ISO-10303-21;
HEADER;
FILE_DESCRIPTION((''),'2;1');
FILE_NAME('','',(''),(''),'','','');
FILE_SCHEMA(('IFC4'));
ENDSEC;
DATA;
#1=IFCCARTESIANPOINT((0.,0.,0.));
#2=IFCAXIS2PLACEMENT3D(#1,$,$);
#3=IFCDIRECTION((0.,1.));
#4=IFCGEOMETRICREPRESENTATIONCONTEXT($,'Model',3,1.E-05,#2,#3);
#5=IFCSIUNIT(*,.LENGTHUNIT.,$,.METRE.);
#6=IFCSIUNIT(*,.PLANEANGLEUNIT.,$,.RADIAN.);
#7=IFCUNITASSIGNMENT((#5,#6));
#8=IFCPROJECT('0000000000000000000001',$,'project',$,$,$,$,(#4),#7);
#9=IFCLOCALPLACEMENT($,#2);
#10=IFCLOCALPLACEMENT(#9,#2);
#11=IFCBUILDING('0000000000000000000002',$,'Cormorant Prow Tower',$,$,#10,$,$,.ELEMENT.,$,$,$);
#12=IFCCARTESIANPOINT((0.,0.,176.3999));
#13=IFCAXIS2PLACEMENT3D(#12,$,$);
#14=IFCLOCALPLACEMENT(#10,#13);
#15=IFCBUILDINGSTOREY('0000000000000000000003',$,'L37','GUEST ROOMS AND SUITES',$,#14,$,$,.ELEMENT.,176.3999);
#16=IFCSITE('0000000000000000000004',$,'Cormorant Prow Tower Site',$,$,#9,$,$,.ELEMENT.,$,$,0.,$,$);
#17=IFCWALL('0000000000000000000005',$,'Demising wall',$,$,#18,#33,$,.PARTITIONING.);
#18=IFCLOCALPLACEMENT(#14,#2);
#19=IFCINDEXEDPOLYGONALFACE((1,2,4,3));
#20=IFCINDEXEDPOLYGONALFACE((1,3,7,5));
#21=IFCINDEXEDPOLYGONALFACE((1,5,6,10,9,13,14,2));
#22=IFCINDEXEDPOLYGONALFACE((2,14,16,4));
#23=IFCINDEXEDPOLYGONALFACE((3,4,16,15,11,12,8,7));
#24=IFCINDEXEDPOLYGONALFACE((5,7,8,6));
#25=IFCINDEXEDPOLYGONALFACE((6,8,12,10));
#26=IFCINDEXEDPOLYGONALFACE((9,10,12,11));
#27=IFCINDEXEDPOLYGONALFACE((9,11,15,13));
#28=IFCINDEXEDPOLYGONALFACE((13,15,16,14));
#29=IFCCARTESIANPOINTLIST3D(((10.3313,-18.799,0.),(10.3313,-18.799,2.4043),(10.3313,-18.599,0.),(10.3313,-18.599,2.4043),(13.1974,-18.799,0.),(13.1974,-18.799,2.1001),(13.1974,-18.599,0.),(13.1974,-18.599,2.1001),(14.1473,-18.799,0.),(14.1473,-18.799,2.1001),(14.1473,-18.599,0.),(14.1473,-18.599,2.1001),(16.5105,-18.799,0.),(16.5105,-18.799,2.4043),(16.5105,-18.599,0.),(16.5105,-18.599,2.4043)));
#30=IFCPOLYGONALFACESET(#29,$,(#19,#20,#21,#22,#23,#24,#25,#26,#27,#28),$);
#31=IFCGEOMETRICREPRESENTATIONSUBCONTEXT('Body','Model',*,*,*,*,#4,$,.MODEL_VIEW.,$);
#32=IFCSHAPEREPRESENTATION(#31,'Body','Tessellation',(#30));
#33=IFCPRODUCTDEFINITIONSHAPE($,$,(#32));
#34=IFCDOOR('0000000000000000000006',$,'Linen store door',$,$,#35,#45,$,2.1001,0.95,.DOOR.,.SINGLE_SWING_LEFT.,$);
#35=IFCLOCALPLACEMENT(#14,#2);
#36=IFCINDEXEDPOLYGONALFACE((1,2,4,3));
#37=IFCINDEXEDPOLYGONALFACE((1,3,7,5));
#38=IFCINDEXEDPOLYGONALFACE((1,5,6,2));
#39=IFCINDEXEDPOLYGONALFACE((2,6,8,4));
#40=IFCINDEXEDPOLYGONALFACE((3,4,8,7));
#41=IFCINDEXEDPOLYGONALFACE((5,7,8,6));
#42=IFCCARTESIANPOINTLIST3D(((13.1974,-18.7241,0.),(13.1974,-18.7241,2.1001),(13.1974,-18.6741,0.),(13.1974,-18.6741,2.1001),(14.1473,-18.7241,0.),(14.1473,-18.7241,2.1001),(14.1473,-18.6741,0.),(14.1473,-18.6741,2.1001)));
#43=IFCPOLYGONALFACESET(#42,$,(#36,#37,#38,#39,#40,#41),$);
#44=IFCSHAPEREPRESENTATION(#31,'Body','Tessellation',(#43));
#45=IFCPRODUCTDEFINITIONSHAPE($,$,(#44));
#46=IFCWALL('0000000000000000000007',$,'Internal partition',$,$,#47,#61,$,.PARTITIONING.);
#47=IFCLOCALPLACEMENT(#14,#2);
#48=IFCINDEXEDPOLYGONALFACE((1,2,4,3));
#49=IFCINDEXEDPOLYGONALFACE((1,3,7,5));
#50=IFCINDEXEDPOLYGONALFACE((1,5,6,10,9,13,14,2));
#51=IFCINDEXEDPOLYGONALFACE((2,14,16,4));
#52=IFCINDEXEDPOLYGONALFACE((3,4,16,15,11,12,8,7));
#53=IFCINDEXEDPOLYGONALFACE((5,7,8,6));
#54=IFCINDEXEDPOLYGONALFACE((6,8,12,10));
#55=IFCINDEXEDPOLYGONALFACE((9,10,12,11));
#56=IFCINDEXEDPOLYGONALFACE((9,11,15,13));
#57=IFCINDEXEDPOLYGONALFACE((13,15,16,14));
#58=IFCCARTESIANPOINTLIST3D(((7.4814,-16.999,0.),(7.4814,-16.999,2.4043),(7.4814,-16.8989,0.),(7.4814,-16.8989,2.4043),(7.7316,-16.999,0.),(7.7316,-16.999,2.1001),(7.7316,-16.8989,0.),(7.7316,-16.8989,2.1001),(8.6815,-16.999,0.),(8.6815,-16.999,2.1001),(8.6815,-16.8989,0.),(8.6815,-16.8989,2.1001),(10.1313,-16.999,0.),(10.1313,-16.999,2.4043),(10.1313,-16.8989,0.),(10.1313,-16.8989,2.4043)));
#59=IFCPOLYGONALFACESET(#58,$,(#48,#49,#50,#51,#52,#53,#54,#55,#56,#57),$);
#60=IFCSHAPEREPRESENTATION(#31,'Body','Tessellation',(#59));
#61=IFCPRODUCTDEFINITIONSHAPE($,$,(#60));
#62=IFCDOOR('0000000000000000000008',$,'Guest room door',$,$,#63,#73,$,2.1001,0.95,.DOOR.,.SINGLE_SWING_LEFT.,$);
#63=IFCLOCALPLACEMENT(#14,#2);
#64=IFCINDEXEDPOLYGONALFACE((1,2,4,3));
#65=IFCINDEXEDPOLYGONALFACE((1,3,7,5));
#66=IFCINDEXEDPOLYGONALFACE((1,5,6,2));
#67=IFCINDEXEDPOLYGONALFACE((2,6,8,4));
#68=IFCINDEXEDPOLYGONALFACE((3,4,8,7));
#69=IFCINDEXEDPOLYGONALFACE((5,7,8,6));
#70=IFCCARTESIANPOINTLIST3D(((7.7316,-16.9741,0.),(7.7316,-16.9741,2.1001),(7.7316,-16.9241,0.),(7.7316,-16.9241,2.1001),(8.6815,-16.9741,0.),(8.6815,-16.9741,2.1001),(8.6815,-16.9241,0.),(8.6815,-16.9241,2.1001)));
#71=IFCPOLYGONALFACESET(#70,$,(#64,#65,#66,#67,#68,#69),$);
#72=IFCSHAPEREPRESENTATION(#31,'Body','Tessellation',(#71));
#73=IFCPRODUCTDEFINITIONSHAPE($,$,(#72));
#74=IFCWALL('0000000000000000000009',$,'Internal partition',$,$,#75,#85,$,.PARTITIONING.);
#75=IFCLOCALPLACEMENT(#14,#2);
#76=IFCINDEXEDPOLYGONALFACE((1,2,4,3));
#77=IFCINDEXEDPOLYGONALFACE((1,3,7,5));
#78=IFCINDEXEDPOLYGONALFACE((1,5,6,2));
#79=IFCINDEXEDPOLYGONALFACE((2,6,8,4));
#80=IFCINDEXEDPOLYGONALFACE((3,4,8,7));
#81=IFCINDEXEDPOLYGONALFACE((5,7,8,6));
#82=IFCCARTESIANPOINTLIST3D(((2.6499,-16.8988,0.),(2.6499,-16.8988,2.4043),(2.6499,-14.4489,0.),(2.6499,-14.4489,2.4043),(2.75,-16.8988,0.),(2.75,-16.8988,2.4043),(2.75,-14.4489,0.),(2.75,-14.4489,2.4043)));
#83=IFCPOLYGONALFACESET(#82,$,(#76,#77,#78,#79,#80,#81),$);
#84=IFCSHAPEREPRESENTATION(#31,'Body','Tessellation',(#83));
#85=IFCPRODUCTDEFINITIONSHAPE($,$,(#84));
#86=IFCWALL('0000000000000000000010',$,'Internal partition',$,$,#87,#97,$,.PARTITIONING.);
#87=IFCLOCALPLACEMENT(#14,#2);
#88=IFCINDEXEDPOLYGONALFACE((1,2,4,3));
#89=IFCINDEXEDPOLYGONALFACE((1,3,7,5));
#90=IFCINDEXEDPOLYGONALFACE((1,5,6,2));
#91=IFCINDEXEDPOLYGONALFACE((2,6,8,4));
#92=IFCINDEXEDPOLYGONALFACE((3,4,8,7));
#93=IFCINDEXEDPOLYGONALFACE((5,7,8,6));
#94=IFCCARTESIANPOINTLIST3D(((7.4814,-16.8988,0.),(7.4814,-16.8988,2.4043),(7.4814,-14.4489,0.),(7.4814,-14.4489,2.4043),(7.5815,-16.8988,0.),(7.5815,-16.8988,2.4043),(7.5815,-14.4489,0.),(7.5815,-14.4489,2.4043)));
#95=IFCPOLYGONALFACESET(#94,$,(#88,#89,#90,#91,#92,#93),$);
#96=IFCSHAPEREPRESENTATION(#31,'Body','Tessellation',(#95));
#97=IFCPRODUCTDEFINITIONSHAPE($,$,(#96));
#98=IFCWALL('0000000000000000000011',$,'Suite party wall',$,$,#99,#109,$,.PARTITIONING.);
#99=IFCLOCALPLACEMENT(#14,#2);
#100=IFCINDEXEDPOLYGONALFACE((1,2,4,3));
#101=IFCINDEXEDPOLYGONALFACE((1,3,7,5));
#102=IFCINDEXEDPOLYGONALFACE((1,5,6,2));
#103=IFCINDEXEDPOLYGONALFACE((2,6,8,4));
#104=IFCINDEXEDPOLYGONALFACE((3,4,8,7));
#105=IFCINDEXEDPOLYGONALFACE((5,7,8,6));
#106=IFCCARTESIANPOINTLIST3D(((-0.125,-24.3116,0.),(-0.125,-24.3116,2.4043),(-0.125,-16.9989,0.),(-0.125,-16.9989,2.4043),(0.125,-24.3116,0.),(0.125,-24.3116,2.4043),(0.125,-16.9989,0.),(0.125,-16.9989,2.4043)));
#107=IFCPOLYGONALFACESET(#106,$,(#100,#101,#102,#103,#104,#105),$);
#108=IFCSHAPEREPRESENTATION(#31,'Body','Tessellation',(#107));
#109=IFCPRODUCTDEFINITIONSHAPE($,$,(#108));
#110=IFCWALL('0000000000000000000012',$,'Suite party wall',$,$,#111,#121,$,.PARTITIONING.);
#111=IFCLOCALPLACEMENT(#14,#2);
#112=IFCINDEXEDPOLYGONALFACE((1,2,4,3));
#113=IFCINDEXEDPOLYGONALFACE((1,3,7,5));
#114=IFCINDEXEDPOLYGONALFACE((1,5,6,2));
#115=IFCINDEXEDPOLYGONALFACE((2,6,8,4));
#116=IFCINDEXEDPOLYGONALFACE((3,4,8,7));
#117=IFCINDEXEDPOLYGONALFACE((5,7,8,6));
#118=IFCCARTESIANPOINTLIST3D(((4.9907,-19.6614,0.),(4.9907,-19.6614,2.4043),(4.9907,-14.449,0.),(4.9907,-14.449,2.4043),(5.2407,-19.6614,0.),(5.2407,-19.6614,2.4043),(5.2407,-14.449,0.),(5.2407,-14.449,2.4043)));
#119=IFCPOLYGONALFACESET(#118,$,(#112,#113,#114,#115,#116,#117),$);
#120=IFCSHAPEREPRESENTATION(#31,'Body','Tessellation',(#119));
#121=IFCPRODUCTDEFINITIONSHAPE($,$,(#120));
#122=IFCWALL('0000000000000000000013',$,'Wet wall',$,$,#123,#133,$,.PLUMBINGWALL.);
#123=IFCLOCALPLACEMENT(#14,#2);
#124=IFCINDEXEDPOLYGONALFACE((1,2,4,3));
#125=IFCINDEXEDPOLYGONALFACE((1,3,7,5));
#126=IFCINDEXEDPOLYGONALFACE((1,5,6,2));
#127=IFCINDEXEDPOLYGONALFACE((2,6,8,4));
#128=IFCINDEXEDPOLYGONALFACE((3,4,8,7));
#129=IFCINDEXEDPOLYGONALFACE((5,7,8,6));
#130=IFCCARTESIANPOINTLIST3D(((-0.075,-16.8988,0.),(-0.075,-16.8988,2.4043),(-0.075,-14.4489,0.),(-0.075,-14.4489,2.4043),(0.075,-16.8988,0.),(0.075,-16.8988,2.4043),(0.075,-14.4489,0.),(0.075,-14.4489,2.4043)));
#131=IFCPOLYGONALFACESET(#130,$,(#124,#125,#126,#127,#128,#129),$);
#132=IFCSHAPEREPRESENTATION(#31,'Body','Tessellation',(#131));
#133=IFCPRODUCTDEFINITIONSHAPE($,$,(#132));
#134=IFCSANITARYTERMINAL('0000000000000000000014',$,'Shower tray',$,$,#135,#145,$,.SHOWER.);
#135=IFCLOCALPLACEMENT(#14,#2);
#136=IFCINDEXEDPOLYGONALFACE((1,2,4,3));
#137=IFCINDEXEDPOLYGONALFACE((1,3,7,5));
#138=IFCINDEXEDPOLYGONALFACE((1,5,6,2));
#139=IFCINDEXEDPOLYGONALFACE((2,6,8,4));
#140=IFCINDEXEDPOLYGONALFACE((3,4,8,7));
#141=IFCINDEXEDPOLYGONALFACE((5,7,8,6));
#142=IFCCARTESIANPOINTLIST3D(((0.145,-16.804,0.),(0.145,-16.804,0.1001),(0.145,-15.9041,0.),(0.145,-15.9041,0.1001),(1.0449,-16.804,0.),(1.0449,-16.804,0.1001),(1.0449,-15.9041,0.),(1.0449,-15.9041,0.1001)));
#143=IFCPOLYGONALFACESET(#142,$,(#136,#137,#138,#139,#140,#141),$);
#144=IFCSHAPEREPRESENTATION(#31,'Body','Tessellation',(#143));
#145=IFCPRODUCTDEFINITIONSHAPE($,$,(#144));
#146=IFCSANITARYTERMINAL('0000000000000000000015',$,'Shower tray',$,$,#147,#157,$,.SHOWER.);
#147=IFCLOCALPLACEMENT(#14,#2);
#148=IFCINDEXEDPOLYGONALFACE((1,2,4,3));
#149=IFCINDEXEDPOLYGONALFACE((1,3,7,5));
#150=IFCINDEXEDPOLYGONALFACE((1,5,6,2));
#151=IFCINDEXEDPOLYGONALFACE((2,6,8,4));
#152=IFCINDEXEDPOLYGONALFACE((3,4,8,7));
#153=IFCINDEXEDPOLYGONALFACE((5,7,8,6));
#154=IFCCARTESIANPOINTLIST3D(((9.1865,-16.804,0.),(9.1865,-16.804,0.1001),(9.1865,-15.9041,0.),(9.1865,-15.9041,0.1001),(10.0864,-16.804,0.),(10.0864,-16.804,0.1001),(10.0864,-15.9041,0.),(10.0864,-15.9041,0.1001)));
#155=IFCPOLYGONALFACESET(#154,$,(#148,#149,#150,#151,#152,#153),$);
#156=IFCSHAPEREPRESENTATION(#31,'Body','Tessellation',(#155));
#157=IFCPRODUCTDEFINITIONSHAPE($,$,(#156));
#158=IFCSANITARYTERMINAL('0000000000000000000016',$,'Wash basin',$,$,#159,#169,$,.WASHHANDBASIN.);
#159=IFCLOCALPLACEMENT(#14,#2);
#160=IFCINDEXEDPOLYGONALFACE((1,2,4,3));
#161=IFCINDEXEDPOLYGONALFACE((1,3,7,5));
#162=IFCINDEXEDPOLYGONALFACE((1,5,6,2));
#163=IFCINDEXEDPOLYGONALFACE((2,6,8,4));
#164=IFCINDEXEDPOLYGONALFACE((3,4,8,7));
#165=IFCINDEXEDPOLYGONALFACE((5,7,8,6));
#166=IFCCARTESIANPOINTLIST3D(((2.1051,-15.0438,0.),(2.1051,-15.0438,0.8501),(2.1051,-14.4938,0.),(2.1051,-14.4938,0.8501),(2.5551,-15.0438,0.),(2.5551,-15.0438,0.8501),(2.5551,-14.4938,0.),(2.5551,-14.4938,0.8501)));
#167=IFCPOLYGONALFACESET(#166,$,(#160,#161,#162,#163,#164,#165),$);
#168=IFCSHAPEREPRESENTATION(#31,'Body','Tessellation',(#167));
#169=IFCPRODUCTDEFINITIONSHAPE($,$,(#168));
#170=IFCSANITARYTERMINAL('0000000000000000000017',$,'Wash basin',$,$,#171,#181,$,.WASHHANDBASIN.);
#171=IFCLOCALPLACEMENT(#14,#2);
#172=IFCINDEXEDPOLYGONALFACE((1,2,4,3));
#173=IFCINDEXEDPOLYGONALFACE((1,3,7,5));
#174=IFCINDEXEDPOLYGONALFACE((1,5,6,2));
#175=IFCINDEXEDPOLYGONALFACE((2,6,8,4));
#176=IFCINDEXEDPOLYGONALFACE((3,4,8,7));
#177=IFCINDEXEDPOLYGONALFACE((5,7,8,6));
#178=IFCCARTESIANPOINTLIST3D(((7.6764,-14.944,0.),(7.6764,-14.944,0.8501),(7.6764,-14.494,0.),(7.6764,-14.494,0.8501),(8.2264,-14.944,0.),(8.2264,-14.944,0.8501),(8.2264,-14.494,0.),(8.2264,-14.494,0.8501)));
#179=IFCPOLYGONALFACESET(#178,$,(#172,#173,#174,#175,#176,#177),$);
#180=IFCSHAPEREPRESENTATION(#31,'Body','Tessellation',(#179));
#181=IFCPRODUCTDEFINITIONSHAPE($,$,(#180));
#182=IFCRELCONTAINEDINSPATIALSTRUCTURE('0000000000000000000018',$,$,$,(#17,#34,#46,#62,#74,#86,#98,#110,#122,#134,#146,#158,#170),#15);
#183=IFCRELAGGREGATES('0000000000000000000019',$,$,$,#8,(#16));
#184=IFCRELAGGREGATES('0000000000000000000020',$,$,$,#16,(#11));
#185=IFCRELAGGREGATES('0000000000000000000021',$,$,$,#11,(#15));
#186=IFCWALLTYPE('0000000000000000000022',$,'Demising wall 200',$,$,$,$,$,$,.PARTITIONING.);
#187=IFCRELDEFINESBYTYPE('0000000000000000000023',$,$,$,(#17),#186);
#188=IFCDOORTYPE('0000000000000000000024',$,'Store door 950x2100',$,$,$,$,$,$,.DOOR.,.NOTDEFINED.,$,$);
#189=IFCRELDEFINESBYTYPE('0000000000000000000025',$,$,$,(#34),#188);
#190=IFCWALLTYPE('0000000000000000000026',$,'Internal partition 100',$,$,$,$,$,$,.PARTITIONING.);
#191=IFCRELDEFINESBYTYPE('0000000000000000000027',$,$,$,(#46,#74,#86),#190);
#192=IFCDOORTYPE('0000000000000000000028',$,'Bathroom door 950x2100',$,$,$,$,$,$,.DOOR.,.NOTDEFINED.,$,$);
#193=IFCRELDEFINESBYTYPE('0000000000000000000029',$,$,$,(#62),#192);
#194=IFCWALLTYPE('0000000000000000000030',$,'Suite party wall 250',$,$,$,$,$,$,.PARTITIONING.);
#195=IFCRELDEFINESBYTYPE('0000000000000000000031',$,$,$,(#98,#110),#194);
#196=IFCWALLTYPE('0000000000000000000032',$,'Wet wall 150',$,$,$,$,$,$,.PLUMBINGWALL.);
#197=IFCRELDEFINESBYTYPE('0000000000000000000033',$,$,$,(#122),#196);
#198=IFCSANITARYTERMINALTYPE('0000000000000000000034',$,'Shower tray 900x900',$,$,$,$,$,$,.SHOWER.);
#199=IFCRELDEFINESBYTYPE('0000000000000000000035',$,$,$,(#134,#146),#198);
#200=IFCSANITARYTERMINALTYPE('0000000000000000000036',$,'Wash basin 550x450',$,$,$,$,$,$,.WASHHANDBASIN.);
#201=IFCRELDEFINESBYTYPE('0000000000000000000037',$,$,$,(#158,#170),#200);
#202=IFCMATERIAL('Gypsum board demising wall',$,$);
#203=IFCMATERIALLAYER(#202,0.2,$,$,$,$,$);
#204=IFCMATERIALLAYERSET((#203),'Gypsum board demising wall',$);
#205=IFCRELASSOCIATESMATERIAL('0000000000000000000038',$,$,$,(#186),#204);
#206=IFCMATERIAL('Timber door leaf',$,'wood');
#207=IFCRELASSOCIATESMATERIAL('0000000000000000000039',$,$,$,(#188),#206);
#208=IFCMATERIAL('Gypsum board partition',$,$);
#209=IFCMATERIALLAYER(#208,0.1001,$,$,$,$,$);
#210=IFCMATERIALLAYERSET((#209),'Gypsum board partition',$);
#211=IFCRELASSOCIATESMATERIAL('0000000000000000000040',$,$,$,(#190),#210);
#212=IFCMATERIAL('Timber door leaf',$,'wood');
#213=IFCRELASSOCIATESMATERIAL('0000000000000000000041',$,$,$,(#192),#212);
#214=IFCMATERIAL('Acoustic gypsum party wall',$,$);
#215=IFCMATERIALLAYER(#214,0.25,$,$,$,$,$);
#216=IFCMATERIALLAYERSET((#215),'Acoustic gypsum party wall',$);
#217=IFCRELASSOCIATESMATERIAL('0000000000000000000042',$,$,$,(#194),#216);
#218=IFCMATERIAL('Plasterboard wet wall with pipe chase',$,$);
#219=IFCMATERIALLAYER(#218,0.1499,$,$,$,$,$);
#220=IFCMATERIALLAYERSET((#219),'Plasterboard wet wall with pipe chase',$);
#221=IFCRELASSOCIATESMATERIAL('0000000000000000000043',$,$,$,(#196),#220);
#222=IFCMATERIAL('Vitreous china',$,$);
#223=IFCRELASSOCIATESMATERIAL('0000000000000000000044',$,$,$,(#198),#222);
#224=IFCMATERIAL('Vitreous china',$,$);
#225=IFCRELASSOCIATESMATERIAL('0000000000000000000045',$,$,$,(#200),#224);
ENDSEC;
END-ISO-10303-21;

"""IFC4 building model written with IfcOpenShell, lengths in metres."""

from ifc_helpers import new_model, si_unit, direction, frame, frame_2d, origin, origin_2d, place, context, subcontext, project, spatial, rectangle, extrude, material, layer, layer_set, type_object, element, fill, save


model = new_model("IFC4")

# Units and contexts
model_context = context("Model", 3, precision=1e-05, world=origin(), true_north=direction((0.0, 1.0)))
body_context = subcontext(model_context, "Body", "Model", "MODEL_VIEW")
ifc_project = project(units=[si_unit("LENGTHUNIT", "METRE"), si_unit("PLANEANGLEUNIT", "RADIAN")], contexts=[model_context])

# Site, building, storey
site_placement = place(None, origin())
site = spatial("IfcSite", under=ifc_project, at=site_placement, Name="Cormorant Prow Tower Site", CompositionType="ELEMENT", RefElevation=0.0)
building_placement = place(site_placement, origin())
building = spatial("IfcBuilding", under=site, at=building_placement, Name="Cormorant Prow Tower", CompositionType="ELEMENT")
storey_placement = place(building_placement, frame((0.0, 0.0, 176.3999)))
storey = spatial("IfcBuildingStorey", under=building, at=storey_placement, Name="L37", Description="GUEST ROOMS AND SUITES", CompositionType="ELEMENT", Elevation=176.3999)

# Shared definitions
ifc_material_1 = material(Name="Gypsum board demising wall")
ifc_layer_1 = layer(ifc_material_1, 0.2)
ifc_layer_set_1 = layer_set([ifc_layer_1], Name="Gypsum board demising wall")
wall_type_1 = type_object("IfcWallType", Name="Demising wall 200", PredefinedType="PARTITIONING", material=ifc_layer_set_1)

# Walls, openings, doors
wall_1_placement = place(storey_placement, frame((10.3313, -18.699, 0.0), z_axis=(0.0, 0.0, 1.0), x_axis=(1.0, 0.0, 0.0)))
wall_1 = element("IfcWall", 1, at=wall_1_placement, inside=storey, type_object=wall_type_1, Name="Demising wall", PredefinedType="PARTITIONING", context=body_context, shape_type="SweptSolid", body=[
    extrude(rectangle(XDim=6.1792, YDim=0.2, at=frame_2d((3.0896, 0.0))), origin(), (0.0, 0.0, 1.0), 2.4043),
])
opening_1_placement = place(wall_1_placement, frame((2.866, 0.0, 0.0)))
opening_1 = element("IfcOpeningElement", 2, at=opening_1_placement, cuts=wall_1, PredefinedType="OPENING", context=body_context, shape_type="SweptSolid", body=[
    extrude(rectangle(XDim=0.95, YDim=2.1001, at=frame_2d((0.4751, 1.05))), frame((0.0, 0.1099, 0.0), z_axis=(0.0, -1.0, 0.0), x_axis=(1.0, 0.0, 0.0)), (0.0, 0.0, 1.0), 0.22),
])
ifc_material_2 = material(Name="Timber door leaf", Category="wood")
door_type_1 = type_object("IfcDoorType", Name="Store door 950x2100", OperationType="NOTDEFINED", PredefinedType="DOOR", material=ifc_material_2)
door_1_placement = place(opening_1_placement, origin())
door_1 = element("IfcDoor", 3, at=door_1_placement, inside=storey, type_object=door_type_1, Name="Linen store door", OperationType="SINGLE_SWING_LEFT", OverallHeight=2.1001, OverallWidth=0.95, PredefinedType="DOOR", context=body_context, shape_type="SweptSolid", body=[
    extrude(rectangle(XDim=0.95, YDim=2.1001, at=frame_2d((0.4751, 1.05))), frame((0.0, 0.0249, 0.0), z_axis=(0.0, -1.0, 0.0), x_axis=(1.0, 0.0, 0.0)), (0.0, 0.0, 1.0), 0.05),
])
fill(opening_1, door_1)
ifc_material_3 = material(Name="Gypsum board partition")
ifc_layer_2 = layer(ifc_material_3, 0.1001)
ifc_layer_set_2 = layer_set([ifc_layer_2], Name="Gypsum board partition")
wall_type_2 = type_object("IfcWallType", Name="Internal partition 100", PredefinedType="PARTITIONING", material=ifc_layer_set_2)
wall_2_placement = place(storey_placement, frame((7.4814, -16.949, 0.0), z_axis=(0.0, 0.0, 1.0), x_axis=(1.0, 0.0, 0.0)))
wall_2 = element("IfcWall", 4, at=wall_2_placement, inside=storey, type_object=wall_type_2, Name="Internal partition", PredefinedType="PARTITIONING", context=body_context, shape_type="SweptSolid", body=[
    extrude(rectangle(XDim=2.6499, YDim=0.1001, at=frame_2d((1.325, 0.0))), origin(), (0.0, 0.0, 1.0), 2.4043),
])
opening_2_placement = place(wall_2_placement, frame((0.25, 0.0, 0.0)))
opening_2 = element("IfcOpeningElement", 5, at=opening_2_placement, cuts=wall_2, PredefinedType="OPENING", context=body_context, shape_type="SweptSolid", body=[
    extrude(rectangle(XDim=0.95, YDim=2.1001, at=frame_2d((0.4751, 1.05))), frame((0.0, 0.0601, 0.0), z_axis=(0.0, -1.0, 0.0), x_axis=(1.0, 0.0, 0.0)), (0.0, 0.0, 1.0), 0.1201),
])
ifc_material_4 = material(Name="Timber door leaf", Category="wood")
door_type_2 = type_object("IfcDoorType", Name="Bathroom door 950x2100", OperationType="NOTDEFINED", PredefinedType="DOOR", material=ifc_material_4)
door_2_placement = place(opening_2_placement, origin())
door_2 = element("IfcDoor", 6, at=door_2_placement, inside=storey, type_object=door_type_2, Name="Guest room door", OperationType="SINGLE_SWING_LEFT", OverallHeight=2.1001, OverallWidth=0.95, PredefinedType="DOOR", context=body_context, shape_type="SweptSolid", body=[
    extrude(rectangle(XDim=0.95, YDim=2.1001, at=frame_2d((0.4751, 1.05))), frame((0.0, 0.0249, 0.0), z_axis=(0.0, -1.0, 0.0), x_axis=(1.0, 0.0, 0.0)), (0.0, 0.0, 1.0), 0.05),
])
fill(opening_2, door_2)

# Walls
for number, where, z_axis, x_axis, name in (
    (7, (2.7, -16.8989, 0.0), (0.0, 0.0, 1.0), (0.0, 1.0, 0.0), "Internal partition"),
    (8, (7.5315, -16.8989, 0.0), (0.0, 0.0, 1.0), (0.0, 1.0, 0.0), "Internal partition"),
):
    element("IfcWall", number, at=place(storey_placement, frame(where, z_axis=z_axis, x_axis=x_axis)), inside=storey, type_object=wall_type_2, Name=name, PredefinedType="PARTITIONING", context=body_context, shape_type="SweptSolid", body=[
        extrude(rectangle(XDim=2.45, YDim=0.1001, at=frame_2d((1.2251, 0.0))), origin(), (0.0, 0.0, 1.0), 2.4043),
    ])
ifc_material_5 = material(Name="Acoustic gypsum party wall")
ifc_layer_3 = layer(ifc_material_5, 0.25)
ifc_layer_set_3 = layer_set([ifc_layer_3], Name="Acoustic gypsum party wall")
wall_type_3 = type_object("IfcWallType", Name="Suite party wall 250", PredefinedType="PARTITIONING", material=ifc_layer_set_3)
wall_3_placement = place(storey_placement, frame((0.0, -24.3115, 0.0), z_axis=(0.0, 0.0, 1.0), x_axis=(0.0, 1.0, 0.0)))
element("IfcWall", 9, at=wall_3_placement, inside=storey, type_object=wall_type_3, Name="Suite party wall", PredefinedType="PARTITIONING", context=body_context, shape_type="SweptSolid", body=[
    extrude(rectangle(XDim=7.3127, YDim=0.25, at=frame_2d((3.6562, 0.0))), origin(), (0.0, 0.0, 1.0), 2.4043),
])
wall_4_placement = place(storey_placement, frame((5.1157, -19.6614, 0.0), z_axis=(0.0, 0.0, 1.0), x_axis=(0.0, 1.0, 0.0)))
element("IfcWall", 10, at=wall_4_placement, inside=storey, type_object=wall_type_3, Name="Suite party wall", PredefinedType="PARTITIONING", context=body_context, shape_type="SweptSolid", body=[
    extrude(rectangle(XDim=5.2124, YDim=0.25, at=frame_2d((2.6062, 0.0))), origin(), (0.0, 0.0, 1.0), 2.4043),
])

# Wall
ifc_material_6 = material(Name="Plasterboard wet wall with pipe chase")
ifc_layer_4 = layer(ifc_material_6, 0.1499)
ifc_layer_set_4 = layer_set([ifc_layer_4], Name="Plasterboard wet wall with pipe chase")
wall_type_4 = type_object("IfcWallType", Name="Wet wall 150", PredefinedType="PLUMBINGWALL", material=ifc_layer_set_4)
wall_5_placement = place(storey_placement, frame((0.0, -16.8989, 0.0), z_axis=(0.0, 0.0, 1.0), x_axis=(0.0, 1.0, 0.0)))
element("IfcWall", 11, at=wall_5_placement, inside=storey, type_object=wall_type_4, Name="Wet wall", PredefinedType="PLUMBINGWALL", context=body_context, shape_type="SweptSolid", body=[
    extrude(rectangle(XDim=2.45, YDim=0.1499, at=frame_2d((1.2251, 0.0))), origin(), (0.0, 0.0, 1.0), 2.4043),
])

# Sanitary terminals
ifc_material_7 = material(Name="Vitreous china")
sanitary_terminal_type_1 = type_object("IfcSanitaryTerminalType", Name="Shower tray 900x900", PredefinedType="SHOWER", material=ifc_material_7)
for number, where, z_axis, x_axis, name in (
    (12, (0.595, -16.354, 0.0), (0.0, 0.0, 1.0), (0.0, 1.0, 0.0), "Shower tray"),
    (13, (9.6365, -16.354, 0.0), (0.0, 0.0, 1.0), (-1.0, 0.0, 0.0), "Shower tray"),
):
    element("IfcSanitaryTerminal", number, at=place(storey_placement, frame(where, z_axis=z_axis, x_axis=x_axis)), inside=storey, type_object=sanitary_terminal_type_1, Name=name, PredefinedType="SHOWER", context=body_context, shape_type="SweptSolid", body=[
        extrude(rectangle(XDim=0.8999, YDim=0.8999, at=origin_2d()), origin(), (0.0, 0.0, 1.0), 0.1001),
    ])
ifc_material_8 = material(Name="Vitreous china")
sanitary_terminal_type_2 = type_object("IfcSanitaryTerminalType", Name="Wash basin 550x450", PredefinedType="WASHHANDBASIN", material=ifc_material_8)
for number, where, z_axis, x_axis, name in (
    (14, (2.3301, -14.7688, 0.0), (0.0, 0.0, 1.0), (0.0, -1.0, 0.0), "Wash basin"),
    (15, (7.9514, -14.719, 0.0), (0.0, 0.0, 1.0), (1.0, 0.0, 0.0), "Wash basin"),
):
    element("IfcSanitaryTerminal", number, at=place(storey_placement, frame(where, z_axis=z_axis, x_axis=x_axis)), inside=storey, type_object=sanitary_terminal_type_2, Name=name, PredefinedType="WASHHANDBASIN", context=body_context, shape_type="SweptSolid", body=[
        extrude(rectangle(XDim=0.55, YDim=0.45, at=origin_2d()), origin(), (0.0, 0.0, 1.0), 0.8501),
    ])

save(model, "model.ifc")
